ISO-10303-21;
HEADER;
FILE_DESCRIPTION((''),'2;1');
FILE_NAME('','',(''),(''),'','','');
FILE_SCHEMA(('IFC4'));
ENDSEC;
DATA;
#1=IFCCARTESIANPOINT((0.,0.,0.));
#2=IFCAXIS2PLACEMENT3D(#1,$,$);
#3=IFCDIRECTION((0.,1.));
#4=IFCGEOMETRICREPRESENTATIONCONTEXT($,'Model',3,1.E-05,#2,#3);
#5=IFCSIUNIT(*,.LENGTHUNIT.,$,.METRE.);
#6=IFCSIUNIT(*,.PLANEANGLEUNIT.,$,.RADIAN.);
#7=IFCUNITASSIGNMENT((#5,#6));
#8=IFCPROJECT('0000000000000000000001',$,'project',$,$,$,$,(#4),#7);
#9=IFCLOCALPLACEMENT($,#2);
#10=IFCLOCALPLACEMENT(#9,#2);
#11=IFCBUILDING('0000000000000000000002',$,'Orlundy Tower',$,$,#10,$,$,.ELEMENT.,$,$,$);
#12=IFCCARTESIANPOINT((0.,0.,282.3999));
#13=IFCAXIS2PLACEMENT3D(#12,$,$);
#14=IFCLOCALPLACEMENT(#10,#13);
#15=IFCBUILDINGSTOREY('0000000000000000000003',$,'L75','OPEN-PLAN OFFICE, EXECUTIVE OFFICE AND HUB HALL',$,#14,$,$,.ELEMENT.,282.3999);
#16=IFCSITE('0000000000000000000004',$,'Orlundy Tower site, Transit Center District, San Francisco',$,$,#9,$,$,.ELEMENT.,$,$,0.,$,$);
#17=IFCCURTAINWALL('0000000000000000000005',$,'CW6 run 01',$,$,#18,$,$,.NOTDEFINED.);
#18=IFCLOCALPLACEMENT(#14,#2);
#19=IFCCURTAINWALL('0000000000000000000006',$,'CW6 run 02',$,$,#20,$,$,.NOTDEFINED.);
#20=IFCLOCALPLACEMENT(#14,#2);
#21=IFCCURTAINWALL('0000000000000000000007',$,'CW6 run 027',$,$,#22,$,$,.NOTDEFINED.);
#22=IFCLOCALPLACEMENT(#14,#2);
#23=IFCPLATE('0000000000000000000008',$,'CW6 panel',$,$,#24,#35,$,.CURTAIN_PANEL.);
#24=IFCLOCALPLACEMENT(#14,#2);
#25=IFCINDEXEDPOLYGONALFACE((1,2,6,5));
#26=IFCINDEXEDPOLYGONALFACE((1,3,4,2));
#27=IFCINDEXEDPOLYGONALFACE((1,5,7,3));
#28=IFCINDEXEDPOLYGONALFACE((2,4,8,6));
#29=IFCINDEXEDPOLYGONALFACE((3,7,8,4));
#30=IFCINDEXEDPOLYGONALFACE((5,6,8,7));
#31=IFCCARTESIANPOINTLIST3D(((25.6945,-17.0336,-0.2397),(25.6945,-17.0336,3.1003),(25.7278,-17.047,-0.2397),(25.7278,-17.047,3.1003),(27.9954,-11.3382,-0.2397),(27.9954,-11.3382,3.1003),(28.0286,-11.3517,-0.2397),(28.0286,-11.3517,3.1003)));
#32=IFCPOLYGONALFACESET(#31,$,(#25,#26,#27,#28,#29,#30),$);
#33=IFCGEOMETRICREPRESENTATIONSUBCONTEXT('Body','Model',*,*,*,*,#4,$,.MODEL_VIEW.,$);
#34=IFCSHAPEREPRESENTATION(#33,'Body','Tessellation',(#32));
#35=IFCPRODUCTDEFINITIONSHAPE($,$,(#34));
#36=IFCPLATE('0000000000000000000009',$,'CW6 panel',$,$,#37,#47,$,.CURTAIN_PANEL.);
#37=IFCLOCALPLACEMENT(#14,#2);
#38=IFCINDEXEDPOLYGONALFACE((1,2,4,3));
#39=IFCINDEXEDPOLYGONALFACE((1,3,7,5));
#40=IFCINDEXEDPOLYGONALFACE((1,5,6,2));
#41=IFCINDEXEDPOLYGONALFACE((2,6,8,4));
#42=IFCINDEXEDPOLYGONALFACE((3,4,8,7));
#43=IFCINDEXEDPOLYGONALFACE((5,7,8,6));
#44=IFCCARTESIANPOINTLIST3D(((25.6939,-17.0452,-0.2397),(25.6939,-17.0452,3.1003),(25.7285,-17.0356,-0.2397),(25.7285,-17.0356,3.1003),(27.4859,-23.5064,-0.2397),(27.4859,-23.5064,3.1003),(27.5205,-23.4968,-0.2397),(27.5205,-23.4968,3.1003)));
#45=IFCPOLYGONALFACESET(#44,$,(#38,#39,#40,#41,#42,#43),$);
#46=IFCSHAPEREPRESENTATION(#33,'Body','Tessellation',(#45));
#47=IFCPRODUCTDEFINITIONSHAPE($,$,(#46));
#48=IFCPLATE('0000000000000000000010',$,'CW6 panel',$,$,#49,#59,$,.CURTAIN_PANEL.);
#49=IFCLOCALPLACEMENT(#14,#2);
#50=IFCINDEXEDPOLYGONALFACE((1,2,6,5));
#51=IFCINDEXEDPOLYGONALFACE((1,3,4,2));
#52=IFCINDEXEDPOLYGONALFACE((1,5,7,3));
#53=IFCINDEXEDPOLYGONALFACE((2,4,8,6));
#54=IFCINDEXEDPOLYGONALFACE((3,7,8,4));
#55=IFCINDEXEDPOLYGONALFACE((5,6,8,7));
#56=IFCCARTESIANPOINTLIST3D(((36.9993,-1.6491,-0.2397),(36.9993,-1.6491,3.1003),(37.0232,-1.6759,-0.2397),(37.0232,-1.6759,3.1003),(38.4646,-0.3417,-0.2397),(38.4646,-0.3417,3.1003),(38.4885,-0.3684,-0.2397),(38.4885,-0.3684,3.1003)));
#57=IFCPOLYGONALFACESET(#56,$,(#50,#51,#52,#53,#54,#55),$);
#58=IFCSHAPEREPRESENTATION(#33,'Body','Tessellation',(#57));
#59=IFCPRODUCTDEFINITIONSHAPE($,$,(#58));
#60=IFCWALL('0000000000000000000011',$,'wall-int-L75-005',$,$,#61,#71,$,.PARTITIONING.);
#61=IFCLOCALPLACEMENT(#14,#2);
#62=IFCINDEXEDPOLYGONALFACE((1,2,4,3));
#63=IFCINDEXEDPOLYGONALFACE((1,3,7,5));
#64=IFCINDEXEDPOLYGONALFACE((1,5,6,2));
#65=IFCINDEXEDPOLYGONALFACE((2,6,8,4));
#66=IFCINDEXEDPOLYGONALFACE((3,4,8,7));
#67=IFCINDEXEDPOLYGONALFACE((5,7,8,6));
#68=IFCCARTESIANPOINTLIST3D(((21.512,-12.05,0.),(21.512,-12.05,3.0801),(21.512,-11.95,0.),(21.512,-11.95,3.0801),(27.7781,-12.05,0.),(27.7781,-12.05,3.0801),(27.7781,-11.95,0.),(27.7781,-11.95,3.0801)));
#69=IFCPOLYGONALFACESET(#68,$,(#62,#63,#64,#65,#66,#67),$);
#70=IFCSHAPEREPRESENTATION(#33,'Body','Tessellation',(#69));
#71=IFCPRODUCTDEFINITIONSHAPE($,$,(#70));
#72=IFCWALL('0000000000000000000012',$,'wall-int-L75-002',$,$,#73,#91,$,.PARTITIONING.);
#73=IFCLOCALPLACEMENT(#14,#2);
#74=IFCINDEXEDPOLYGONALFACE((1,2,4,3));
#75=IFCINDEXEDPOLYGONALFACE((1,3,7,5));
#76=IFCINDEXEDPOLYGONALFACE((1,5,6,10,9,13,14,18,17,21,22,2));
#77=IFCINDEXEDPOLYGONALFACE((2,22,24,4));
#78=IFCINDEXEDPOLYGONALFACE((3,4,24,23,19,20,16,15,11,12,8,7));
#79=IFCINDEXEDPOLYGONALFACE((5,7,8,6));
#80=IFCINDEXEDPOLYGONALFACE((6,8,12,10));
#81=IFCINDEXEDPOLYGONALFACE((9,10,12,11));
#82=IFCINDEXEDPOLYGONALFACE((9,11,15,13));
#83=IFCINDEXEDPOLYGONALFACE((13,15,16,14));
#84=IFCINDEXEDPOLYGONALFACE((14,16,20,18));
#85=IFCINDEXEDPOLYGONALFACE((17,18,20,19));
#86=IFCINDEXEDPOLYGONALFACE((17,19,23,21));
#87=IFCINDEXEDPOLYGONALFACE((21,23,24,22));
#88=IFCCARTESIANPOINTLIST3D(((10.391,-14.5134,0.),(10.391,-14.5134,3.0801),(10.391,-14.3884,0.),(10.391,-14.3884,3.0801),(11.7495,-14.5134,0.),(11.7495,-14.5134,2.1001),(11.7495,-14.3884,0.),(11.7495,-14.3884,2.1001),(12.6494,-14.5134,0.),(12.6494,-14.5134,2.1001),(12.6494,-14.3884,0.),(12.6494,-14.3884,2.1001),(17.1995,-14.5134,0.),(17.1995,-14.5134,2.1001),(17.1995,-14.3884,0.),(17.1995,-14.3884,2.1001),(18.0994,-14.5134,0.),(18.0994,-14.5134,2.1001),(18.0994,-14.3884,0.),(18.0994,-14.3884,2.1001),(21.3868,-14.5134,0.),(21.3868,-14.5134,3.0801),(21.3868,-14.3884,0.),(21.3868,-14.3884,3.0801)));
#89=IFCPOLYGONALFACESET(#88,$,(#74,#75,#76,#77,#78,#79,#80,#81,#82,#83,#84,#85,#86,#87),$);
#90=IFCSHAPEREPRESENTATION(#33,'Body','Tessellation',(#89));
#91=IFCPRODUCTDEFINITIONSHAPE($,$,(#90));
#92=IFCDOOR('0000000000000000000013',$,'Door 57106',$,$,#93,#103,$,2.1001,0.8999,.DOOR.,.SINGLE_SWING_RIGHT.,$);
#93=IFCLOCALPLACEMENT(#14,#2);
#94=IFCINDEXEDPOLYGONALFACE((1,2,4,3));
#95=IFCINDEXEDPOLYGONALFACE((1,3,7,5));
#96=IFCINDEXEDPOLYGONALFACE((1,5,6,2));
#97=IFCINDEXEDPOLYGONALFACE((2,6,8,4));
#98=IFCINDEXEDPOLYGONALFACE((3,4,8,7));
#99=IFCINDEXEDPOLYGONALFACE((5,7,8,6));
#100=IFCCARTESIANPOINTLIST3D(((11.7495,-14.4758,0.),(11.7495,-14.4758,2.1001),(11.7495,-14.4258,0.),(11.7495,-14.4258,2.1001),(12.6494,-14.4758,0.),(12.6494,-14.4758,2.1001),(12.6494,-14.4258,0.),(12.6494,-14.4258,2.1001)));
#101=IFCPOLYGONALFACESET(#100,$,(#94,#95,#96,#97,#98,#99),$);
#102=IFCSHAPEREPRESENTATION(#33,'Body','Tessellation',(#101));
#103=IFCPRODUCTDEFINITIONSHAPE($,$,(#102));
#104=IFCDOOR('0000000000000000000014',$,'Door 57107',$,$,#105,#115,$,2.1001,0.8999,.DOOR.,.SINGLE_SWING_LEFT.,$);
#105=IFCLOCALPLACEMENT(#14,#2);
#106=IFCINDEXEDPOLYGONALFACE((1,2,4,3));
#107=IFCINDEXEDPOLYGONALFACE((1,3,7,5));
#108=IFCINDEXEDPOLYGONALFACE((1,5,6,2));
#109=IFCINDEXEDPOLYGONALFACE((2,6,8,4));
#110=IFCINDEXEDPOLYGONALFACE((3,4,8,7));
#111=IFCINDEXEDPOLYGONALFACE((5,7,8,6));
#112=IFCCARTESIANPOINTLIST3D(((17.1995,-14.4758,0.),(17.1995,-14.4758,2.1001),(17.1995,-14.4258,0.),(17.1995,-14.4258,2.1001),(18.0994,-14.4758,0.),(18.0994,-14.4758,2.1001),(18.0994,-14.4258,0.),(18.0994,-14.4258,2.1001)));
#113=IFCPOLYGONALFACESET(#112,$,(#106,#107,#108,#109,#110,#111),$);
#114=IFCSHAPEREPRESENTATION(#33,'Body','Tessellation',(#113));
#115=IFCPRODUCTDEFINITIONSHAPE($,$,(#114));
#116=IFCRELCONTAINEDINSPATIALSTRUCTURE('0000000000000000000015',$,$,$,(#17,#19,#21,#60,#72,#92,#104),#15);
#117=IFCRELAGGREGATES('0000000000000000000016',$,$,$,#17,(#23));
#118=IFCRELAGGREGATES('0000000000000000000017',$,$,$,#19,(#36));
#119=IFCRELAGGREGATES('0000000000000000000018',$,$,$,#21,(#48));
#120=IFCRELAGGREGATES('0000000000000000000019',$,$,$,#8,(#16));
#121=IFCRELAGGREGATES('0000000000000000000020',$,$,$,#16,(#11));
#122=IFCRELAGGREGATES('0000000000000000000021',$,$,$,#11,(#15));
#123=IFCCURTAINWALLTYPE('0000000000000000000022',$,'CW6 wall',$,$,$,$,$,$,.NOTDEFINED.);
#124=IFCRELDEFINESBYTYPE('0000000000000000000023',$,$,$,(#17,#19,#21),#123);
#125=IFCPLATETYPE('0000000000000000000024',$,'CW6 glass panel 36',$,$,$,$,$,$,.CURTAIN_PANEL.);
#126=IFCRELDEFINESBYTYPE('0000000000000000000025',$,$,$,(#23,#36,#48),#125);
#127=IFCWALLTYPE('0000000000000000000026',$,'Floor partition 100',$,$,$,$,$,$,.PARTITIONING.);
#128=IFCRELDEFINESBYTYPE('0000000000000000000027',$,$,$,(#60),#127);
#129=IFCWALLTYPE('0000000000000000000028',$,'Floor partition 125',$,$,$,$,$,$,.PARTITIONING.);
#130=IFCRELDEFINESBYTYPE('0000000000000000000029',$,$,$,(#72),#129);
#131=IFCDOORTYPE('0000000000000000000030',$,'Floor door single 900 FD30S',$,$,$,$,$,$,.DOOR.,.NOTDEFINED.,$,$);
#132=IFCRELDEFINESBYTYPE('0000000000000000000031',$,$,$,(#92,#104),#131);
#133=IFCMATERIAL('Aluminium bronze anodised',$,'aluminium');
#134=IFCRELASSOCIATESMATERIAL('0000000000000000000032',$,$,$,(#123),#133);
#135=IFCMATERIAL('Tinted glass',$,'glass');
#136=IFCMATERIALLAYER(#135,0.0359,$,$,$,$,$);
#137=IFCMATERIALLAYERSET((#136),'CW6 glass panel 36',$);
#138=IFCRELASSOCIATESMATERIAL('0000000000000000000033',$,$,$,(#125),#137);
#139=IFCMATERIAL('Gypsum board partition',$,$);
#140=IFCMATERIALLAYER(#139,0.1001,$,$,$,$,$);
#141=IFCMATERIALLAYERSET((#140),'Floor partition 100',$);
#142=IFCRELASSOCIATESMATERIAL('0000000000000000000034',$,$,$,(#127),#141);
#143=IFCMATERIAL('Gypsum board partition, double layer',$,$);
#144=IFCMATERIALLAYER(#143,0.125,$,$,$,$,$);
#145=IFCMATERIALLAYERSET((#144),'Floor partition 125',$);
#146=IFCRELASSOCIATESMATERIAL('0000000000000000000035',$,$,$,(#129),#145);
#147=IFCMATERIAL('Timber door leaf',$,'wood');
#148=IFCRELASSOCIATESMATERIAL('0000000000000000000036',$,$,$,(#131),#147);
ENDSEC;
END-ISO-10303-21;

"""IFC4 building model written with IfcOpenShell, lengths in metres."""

from ifc_helpers import new_model, si_unit, direction, frame, frame_2d, origin, origin_2d, place, context, subcontext, project, spatial, rectangle, extrude, material, layer, layer_set, type_object, element, fill, aggregate, save


model = new_model("IFC4")

# Units and contexts
model_context = context("Model", 3, precision=1e-05, world=origin(), true_north=direction((0.0, 1.0)))
body_context = subcontext(model_context, "Body", "Model", "MODEL_VIEW")
ifc_project = project(units=[si_unit("LENGTHUNIT", "METRE"), si_unit("PLANEANGLEUNIT", "RADIAN")], contexts=[model_context])

# Site, building, storey
site_placement = place(None, origin())
site = spatial("IfcSite", under=ifc_project, at=site_placement, Name="Orlundy Tower site, Transit Center District, San Francisco", CompositionType="ELEMENT", RefElevation=0.0)
building_placement = place(site_placement, origin())
building = spatial("IfcBuilding", under=site, at=building_placement, Name="Orlundy Tower", CompositionType="ELEMENT")
storey_placement = place(building_placement, frame((0.0, 0.0, 282.3999)))
storey = spatial("IfcBuildingStorey", under=building, at=storey_placement, Name="L75", Description="OPEN-PLAN OFFICE, EXECUTIVE OFFICE AND HUB HALL", CompositionType="ELEMENT", Elevation=282.3999)

# Curtain walls
ifc_material_1 = material(Name="Aluminium bronze anodised", Category="aluminium")
curtain_wall_type = type_object("IfcCurtainWallType", Name="CW6 wall", PredefinedType="NOTDEFINED", material=ifc_material_1)
curtain_wall_1_placement = place(storey_placement, origin())
curtain_wall_1 = element("IfcCurtainWall", 1, at=curtain_wall_1_placement, inside=storey, type_object=curtain_wall_type, Name="CW6 run 01", PredefinedType="NOTDEFINED")
curtain_wall_2_placement = place(storey_placement, origin())
curtain_wall_2 = element("IfcCurtainWall", 2, at=curtain_wall_2_placement, inside=storey, type_object=curtain_wall_type, Name="CW6 run 02", PredefinedType="NOTDEFINED")

# Curtain wall
curtain_wall_3_placement = place(storey_placement, origin())
curtain_wall_3 = element("IfcCurtainWall", 3, at=curtain_wall_3_placement, inside=storey, type_object=curtain_wall_type, Name="CW6 run 027", PredefinedType="NOTDEFINED")

# Plates
ifc_material_2 = material(Name="Tinted glass", Category="glass")
ifc_layer_1 = layer(ifc_material_2, 0.0359)
ifc_layer_set_1 = layer_set([ifc_layer_1], Name="CW6 glass panel 36")
plate_type = type_object("IfcPlateType", Name="CW6 glass panel 36", PredefinedType="CURTAIN_PANEL", material=ifc_layer_set_1)
plate_1_placement = place(storey_placement, frame((26.8616, -14.1926, -0.2397), z_axis=(0.0, 0.0, 1.0), x_axis=(-0.374578, -0.927195, 0.0)))
plate_1 = element("IfcPlate", 4, at=plate_1_placement, type_object=plate_type, Name="CW6 panel", PredefinedType="CURTAIN_PANEL", context=body_context, shape_type="SweptSolid", body=[
    extrude(rectangle(XDim=6.1426, YDim=0.0359, at=origin_2d()), origin(), (0.0, 0.0, 1.0), 3.3401),
])
aggregate(curtain_wall_1, [plate_1])
plate_2_placement = place(storey_placement, frame((26.6072, -20.271, -0.2397), z_axis=(0.0, 0.0, 1.0), x_axis=(0.267256, -0.963626, 0.0)))
plate_2 = element("IfcPlate", 5, at=plate_2_placement, type_object=plate_type, Name="CW6 panel", PredefinedType="CURTAIN_PANEL", context=body_context, shape_type="SweptSolid", body=[
    extrude(rectangle(XDim=6.7051, YDim=0.0359, at=origin_2d()), origin(), (0.0, 0.0, 1.0), 3.3401),
])
aggregate(curtain_wall_2, [plate_2])
plate_3_placement = place(storey_placement, frame((37.7439, -1.0088, -0.2397), z_axis=(0.0, 0.0, 1.0), x_axis=(-0.746158, -0.665769, 0.0)))
plate_3 = element("IfcPlate", 6, at=plate_3_placement, type_object=plate_type, Name="CW6 panel", PredefinedType="CURTAIN_PANEL", context=body_context, shape_type="SweptSolid", body=[
    extrude(rectangle(XDim=1.9639, YDim=0.0359, at=origin_2d()), origin(), (0.0, 0.0, 1.0), 3.3401),
])
aggregate(curtain_wall_3, [plate_3])

# Wall
ifc_material_3 = material(Name="Gypsum board partition")
ifc_layer_2 = layer(ifc_material_3, 0.1001)
ifc_layer_set_2 = layer_set([ifc_layer_2], Name="Floor partition 100")
wall_type_1 = type_object("IfcWallType", Name="Floor partition 100", PredefinedType="PARTITIONING", material=ifc_layer_set_2)
wall_1_placement = place(storey_placement, frame((21.512, -12.0, 0.0), z_axis=(0.0, 0.0, 1.0), x_axis=(1.0, 0.0, 0.0)))
element("IfcWall", 7, at=wall_1_placement, inside=storey, type_object=wall_type_1, Name="wall-int-L75-005", PredefinedType="PARTITIONING", context=body_context, shape_type="SweptSolid", body=[
    extrude(rectangle(XDim=6.2661, YDim=0.1001, at=frame_2d((3.1331, 0.0))), origin(), (0.0, 0.0, 1.0), 3.0801),
])

# Wall, openings, doors
ifc_material_4 = material(Name="Gypsum board partition, double layer")
ifc_layer_3 = layer(ifc_material_4, 0.125)
ifc_layer_set_3 = layer_set([ifc_layer_3], Name="Floor partition 125")
wall_type_2 = type_object("IfcWallType", Name="Floor partition 125", PredefinedType="PARTITIONING", material=ifc_layer_set_3)
wall_2_placement = place(storey_placement, frame((21.387, -14.4509, 0.0), z_axis=(0.0, 0.0, 1.0), x_axis=(-1.0, 0.0, 0.0)))
wall_2 = element("IfcWall", 8, at=wall_2_placement, inside=storey, type_object=wall_type_2, Name="wall-int-L75-002", PredefinedType="PARTITIONING", context=body_context, shape_type="SweptSolid", body=[
    extrude(rectangle(XDim=10.9958, YDim=0.125, at=frame_2d((5.498, 0.0))), origin(), (0.0, 0.0, 1.0), 3.0801),
])
opening_1_placement = place(wall_2_placement, frame((8.7375, 0.0, 0.0)))
opening_1 = element("IfcOpeningElement", 9, at=opening_1_placement, cuts=wall_2, PredefinedType="OPENING", context=body_context, shape_type="SweptSolid", body=[
    extrude(rectangle(XDim=0.8999, YDim=2.1001, at=frame_2d((0.45, 1.05))), frame((0.0, 0.0725, 0.0), z_axis=(0.0, -1.0, 0.0), x_axis=(1.0, 0.0, 0.0)), (0.0, 0.0, 1.0), 0.145),
])
opening_2_placement = place(wall_2_placement, frame((3.2876, 0.0, 0.0)))
opening_2 = element("IfcOpeningElement", 10, at=opening_2_placement, cuts=wall_2, PredefinedType="OPENING", context=body_context, shape_type="SweptSolid", body=[
    extrude(rectangle(XDim=0.8999, YDim=2.1001, at=frame_2d((0.45, 1.05))), frame((0.0, 0.0725, 0.0), z_axis=(0.0, -1.0, 0.0), x_axis=(1.0, 0.0, 0.0)), (0.0, 0.0, 1.0), 0.145),
])
ifc_material_5 = material(Name="Timber door leaf", Category="wood")
door_type = type_object("IfcDoorType", Name="Floor door single 900 FD30S", OperationType="NOTDEFINED", PredefinedType="DOOR", material=ifc_material_5)
door_1_placement = place(opening_1_placement, origin())
door_1 = element("IfcDoor", 11, at=door_1_placement, inside=storey, type_object=door_type, Name="Door 57106", OperationType="SINGLE_SWING_RIGHT", OverallHeight=2.1001, OverallWidth=0.8999, PredefinedType="DOOR", context=body_context, shape_type="SweptSolid", body=[
    extrude(rectangle(XDim=0.8999, YDim=2.1001, at=frame_2d((0.45, 1.05))), frame((0.0, 0.0249, 0.0), z_axis=(0.0, -1.0, 0.0), x_axis=(1.0, 0.0, 0.0)), (0.0, 0.0, 1.0), 0.05),
])
fill(opening_1, door_1)
door_2_placement = place(opening_2_placement, origin())
door_2 = element("IfcDoor", 12, at=door_2_placement, inside=storey, type_object=door_type, Name="Door 57107", OperationType="SINGLE_SWING_LEFT", OverallHeight=2.1001, OverallWidth=0.8999, PredefinedType="DOOR", context=body_context, shape_type="SweptSolid", body=[
    extrude(rectangle(XDim=0.8999, YDim=2.1001, at=frame_2d((0.45, 1.05))), frame((0.0, 0.0249, 0.0), z_axis=(0.0, -1.0, 0.0), x_axis=(1.0, 0.0, 0.0)), (0.0, 0.0, 1.0), 0.05),
])
fill(opening_2, door_2)

save(model, "model.ifc")
